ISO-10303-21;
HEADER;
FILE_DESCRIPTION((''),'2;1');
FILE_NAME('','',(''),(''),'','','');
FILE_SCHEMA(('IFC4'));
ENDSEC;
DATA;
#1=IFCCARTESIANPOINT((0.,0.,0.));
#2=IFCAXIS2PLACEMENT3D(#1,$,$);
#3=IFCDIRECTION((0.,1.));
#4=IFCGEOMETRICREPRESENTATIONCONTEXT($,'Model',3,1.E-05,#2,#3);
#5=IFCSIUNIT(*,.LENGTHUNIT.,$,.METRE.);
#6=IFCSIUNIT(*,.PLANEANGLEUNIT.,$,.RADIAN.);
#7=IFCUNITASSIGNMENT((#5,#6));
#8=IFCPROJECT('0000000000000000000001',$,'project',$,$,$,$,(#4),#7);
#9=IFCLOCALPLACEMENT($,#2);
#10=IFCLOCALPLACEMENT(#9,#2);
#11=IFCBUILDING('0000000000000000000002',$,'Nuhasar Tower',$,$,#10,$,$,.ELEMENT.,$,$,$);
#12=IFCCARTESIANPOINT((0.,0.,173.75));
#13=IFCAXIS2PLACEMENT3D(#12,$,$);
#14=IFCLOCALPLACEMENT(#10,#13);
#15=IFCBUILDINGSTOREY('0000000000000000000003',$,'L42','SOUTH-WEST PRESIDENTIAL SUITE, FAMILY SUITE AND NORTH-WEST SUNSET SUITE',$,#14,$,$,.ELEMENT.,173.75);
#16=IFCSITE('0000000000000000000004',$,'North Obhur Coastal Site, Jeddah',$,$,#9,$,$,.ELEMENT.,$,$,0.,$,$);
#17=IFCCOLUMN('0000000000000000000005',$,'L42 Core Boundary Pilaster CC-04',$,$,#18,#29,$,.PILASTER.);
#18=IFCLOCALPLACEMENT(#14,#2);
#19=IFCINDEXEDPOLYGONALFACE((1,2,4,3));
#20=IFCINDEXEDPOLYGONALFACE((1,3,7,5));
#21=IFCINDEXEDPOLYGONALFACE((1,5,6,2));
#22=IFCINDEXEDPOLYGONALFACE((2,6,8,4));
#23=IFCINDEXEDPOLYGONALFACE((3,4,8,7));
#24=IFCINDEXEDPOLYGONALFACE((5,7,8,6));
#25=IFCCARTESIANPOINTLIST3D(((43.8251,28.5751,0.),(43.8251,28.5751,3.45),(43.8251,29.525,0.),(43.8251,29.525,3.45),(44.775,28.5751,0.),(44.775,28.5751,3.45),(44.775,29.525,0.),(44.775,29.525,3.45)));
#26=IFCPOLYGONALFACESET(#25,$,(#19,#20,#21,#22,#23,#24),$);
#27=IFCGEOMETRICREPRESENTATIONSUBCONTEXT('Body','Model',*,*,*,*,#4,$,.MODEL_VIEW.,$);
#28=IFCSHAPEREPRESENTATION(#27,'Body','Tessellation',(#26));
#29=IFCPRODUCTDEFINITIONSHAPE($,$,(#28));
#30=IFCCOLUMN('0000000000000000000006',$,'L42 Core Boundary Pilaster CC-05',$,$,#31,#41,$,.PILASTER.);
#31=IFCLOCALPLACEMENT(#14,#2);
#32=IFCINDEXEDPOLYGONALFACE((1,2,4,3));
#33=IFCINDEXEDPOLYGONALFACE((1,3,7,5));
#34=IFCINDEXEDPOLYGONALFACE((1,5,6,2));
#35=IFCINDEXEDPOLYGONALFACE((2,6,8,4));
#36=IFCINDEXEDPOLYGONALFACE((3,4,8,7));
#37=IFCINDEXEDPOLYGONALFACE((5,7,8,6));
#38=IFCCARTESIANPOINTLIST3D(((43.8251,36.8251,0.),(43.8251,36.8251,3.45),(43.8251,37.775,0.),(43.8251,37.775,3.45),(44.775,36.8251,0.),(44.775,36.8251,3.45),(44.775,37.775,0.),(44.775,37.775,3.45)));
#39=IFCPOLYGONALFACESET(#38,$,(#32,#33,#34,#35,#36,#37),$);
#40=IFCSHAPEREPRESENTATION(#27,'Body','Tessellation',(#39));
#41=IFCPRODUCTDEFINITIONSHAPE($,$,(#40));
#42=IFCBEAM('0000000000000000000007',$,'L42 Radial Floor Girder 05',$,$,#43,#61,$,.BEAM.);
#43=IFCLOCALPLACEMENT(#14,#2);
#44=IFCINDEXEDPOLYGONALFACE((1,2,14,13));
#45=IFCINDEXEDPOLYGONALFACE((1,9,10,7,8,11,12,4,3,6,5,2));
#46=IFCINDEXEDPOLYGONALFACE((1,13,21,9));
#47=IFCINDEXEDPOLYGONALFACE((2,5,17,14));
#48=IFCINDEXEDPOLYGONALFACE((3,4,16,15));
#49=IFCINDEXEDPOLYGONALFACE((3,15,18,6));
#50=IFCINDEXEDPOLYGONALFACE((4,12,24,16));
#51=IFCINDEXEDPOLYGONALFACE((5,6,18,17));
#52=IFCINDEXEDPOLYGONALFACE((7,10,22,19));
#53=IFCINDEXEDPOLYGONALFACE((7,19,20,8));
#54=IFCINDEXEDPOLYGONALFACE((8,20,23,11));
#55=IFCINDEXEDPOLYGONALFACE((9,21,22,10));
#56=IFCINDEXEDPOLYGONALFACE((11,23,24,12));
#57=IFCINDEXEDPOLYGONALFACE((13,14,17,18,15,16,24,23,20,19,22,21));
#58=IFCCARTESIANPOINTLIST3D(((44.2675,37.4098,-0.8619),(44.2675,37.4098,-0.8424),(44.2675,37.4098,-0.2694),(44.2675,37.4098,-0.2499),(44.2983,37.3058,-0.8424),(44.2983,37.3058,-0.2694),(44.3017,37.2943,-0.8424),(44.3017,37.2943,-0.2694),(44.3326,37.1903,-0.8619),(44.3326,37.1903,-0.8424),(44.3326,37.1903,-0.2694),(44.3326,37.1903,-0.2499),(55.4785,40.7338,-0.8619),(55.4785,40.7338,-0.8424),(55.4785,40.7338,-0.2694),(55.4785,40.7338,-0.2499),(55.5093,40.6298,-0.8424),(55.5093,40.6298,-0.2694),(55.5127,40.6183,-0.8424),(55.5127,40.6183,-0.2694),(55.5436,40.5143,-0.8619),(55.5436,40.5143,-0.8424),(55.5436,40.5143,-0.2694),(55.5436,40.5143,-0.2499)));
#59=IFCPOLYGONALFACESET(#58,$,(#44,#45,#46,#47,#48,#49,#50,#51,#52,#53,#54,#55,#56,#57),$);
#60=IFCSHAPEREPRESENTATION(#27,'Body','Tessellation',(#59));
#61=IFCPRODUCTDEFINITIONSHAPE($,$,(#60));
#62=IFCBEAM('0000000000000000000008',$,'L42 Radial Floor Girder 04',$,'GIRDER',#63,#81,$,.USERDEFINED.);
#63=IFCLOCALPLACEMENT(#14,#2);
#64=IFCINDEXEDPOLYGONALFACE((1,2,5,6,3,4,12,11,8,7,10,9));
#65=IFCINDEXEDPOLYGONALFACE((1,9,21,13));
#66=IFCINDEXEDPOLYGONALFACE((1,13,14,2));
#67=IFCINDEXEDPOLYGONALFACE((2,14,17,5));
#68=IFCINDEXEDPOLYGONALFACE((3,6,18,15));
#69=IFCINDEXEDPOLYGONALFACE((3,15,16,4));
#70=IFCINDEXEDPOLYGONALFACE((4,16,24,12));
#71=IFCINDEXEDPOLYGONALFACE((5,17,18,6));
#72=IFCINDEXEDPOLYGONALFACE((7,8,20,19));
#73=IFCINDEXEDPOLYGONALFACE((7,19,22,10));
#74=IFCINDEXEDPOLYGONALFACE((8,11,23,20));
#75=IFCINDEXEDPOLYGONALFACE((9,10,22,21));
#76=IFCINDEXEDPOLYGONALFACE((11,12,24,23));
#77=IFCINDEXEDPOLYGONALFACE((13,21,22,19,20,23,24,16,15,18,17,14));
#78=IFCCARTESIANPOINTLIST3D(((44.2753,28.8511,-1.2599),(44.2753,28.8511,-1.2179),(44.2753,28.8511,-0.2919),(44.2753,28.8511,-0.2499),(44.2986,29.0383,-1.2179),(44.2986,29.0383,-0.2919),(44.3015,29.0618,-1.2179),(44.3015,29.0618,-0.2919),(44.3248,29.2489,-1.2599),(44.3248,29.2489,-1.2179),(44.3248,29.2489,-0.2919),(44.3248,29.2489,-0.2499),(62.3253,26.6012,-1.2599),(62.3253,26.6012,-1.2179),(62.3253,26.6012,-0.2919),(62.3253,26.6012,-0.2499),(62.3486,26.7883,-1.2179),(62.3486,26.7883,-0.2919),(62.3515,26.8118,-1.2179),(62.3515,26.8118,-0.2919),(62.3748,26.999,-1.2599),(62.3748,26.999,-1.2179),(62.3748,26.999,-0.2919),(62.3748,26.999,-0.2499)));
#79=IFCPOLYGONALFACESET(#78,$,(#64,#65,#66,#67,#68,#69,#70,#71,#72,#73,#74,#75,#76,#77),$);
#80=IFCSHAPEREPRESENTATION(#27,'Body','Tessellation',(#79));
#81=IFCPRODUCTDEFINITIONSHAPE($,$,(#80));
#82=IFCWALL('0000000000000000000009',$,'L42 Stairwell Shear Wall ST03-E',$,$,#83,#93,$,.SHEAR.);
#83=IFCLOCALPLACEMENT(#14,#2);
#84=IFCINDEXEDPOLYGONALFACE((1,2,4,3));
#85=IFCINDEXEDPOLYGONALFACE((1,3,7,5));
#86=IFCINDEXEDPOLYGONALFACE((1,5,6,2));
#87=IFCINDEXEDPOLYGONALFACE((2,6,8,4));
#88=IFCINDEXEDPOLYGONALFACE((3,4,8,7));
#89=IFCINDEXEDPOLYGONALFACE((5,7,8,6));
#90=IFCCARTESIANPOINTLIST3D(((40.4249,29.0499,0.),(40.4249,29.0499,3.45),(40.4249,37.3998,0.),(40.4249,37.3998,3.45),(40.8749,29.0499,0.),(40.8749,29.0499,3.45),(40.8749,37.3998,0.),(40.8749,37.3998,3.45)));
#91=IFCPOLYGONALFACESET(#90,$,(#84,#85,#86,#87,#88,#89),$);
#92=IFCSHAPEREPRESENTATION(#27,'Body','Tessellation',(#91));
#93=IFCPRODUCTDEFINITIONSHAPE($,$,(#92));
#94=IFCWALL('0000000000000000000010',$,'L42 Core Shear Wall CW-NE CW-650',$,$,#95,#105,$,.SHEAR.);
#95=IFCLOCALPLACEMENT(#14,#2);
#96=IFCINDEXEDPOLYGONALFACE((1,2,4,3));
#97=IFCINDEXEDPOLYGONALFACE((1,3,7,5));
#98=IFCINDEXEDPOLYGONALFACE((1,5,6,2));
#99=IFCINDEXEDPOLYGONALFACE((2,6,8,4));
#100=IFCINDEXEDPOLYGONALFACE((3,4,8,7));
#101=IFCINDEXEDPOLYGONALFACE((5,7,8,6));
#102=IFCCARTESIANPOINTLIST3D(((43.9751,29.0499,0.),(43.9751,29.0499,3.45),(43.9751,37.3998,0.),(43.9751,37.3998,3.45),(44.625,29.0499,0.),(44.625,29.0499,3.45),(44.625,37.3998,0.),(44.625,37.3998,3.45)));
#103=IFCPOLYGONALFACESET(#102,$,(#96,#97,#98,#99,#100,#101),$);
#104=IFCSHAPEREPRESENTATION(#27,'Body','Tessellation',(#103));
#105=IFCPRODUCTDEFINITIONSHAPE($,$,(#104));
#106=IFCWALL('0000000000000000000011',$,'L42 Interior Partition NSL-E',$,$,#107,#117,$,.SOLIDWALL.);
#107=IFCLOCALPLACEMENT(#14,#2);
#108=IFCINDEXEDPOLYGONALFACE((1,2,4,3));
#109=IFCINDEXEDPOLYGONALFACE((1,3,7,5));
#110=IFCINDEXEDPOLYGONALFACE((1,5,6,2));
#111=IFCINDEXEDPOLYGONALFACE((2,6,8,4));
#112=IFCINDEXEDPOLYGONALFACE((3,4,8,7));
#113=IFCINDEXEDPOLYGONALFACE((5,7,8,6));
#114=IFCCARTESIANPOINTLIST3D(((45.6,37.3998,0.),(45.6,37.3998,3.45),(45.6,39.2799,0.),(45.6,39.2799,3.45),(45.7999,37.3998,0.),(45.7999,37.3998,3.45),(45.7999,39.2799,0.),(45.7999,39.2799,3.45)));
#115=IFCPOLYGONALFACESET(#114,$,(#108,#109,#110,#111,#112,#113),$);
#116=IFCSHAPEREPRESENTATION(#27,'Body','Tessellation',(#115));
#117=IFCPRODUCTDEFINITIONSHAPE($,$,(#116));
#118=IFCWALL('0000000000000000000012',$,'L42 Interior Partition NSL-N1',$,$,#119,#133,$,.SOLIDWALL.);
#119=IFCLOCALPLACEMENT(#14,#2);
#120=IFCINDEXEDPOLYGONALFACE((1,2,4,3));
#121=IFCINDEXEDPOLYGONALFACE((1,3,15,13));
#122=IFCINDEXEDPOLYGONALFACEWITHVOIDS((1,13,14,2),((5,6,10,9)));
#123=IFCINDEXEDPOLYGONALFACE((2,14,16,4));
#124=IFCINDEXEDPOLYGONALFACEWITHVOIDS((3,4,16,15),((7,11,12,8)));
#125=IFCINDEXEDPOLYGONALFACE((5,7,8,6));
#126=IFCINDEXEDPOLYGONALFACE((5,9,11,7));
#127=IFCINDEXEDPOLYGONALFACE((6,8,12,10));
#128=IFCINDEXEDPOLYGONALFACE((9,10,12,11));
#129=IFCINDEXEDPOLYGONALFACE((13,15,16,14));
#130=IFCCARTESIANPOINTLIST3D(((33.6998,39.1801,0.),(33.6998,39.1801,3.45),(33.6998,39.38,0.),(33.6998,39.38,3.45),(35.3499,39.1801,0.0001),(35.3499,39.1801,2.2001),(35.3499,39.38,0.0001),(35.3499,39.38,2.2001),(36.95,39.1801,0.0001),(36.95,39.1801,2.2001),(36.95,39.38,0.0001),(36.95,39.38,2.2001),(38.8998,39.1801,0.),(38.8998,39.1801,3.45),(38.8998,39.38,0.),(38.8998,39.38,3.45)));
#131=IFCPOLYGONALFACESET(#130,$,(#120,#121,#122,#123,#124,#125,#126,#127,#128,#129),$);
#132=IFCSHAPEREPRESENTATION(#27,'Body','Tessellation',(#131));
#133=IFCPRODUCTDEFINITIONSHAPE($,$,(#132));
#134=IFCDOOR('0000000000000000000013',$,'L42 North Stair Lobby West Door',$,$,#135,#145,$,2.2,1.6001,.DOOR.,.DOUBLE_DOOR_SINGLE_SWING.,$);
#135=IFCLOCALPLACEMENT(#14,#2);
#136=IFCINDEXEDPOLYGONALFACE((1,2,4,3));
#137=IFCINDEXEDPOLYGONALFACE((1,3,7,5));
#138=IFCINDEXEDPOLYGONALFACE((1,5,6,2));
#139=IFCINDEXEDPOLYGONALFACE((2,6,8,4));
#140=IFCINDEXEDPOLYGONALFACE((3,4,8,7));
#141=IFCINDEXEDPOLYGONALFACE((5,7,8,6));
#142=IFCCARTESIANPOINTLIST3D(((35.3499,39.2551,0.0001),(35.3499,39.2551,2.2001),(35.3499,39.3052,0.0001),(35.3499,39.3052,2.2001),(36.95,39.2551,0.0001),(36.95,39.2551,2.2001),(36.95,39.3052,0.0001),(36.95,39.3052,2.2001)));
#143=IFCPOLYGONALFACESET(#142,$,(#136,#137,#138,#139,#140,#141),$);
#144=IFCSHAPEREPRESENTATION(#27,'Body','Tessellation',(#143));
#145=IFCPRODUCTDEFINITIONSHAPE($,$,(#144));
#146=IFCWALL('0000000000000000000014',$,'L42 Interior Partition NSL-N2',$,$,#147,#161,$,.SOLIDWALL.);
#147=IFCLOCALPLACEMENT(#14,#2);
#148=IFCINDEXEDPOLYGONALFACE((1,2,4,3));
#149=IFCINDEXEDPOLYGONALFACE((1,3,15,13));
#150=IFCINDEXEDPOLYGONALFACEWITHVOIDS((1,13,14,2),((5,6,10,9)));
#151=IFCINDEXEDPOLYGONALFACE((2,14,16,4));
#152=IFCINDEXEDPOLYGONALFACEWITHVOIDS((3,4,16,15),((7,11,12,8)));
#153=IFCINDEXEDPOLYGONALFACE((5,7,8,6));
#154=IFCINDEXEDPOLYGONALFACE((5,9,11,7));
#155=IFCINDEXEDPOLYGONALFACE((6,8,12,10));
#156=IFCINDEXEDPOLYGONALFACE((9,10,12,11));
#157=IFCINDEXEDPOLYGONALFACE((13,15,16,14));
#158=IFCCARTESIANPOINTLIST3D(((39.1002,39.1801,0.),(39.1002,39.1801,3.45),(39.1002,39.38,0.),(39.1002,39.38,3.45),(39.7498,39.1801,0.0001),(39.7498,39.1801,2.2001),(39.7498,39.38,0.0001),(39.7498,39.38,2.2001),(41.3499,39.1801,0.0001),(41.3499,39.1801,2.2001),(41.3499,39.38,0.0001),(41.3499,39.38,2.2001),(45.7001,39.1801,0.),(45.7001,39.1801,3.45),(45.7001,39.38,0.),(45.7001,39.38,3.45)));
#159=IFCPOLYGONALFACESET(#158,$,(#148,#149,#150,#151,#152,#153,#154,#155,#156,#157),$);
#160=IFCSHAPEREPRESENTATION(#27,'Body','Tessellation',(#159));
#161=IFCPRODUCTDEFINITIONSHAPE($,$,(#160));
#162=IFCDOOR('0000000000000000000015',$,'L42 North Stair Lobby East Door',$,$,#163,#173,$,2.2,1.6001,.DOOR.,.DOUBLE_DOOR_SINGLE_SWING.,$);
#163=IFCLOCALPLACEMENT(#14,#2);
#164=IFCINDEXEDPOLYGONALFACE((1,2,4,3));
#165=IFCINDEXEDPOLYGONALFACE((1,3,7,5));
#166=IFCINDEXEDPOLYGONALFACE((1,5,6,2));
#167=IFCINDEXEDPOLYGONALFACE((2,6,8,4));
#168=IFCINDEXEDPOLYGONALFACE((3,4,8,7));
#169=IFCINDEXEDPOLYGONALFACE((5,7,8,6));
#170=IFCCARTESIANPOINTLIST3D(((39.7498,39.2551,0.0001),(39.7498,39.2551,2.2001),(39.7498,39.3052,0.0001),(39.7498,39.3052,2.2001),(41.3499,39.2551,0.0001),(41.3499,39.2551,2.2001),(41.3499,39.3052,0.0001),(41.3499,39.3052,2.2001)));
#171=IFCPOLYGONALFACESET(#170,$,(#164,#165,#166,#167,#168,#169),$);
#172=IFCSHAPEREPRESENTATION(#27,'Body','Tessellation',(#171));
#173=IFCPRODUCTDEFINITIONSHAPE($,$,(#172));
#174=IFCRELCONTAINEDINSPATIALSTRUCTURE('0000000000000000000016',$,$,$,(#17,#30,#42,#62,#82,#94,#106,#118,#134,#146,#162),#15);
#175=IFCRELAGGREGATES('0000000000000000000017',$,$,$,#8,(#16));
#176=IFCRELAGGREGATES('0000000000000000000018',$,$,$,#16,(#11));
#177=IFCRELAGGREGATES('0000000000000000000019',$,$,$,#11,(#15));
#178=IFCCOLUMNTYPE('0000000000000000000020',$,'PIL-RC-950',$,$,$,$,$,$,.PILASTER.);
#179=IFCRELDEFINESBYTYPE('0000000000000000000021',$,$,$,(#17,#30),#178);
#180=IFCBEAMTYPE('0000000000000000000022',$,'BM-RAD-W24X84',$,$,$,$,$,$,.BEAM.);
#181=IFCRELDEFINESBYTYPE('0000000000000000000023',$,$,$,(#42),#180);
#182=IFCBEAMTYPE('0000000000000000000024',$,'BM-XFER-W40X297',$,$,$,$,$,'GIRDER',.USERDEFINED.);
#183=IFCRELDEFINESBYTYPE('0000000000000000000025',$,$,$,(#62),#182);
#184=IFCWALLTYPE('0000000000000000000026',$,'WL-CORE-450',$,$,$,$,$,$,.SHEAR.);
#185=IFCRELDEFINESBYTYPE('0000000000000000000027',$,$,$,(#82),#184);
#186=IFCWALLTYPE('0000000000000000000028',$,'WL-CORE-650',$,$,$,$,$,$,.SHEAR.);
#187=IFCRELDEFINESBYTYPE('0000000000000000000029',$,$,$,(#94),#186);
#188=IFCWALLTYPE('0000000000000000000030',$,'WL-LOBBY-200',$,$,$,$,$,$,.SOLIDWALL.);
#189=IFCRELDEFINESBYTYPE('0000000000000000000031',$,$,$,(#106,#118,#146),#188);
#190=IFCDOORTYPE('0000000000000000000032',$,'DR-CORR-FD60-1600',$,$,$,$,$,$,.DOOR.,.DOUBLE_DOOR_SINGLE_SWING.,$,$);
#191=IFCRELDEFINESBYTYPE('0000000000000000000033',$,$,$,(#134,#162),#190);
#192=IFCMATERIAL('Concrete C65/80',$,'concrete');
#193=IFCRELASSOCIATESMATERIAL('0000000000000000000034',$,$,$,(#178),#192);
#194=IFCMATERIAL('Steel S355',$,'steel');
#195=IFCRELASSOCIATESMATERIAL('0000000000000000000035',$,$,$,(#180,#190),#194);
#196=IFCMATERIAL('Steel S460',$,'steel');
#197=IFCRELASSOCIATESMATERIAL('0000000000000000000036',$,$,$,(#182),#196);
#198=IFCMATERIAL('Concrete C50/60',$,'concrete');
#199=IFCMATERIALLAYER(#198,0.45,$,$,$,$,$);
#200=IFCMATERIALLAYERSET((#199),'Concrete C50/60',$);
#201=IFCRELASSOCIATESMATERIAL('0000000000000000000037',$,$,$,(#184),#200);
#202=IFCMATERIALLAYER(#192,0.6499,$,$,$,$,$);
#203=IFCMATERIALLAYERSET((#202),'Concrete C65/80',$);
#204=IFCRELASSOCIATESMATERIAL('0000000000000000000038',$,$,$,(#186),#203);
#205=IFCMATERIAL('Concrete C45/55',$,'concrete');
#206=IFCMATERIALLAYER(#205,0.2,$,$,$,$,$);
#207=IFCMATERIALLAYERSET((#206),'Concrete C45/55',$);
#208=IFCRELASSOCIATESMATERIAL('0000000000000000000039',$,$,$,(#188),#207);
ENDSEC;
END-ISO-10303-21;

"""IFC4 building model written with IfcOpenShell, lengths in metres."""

from ifc_helpers import new_model, si_unit, direction, frame, frame_2d, origin, origin_2d, place, context, subcontext, project, spatial, rectangle, i_section, extrude, material, layer, layer_set, material_profile, profile_set, type_object, element, fill, save


model = new_model("IFC4")

# Units and contexts
model_context = context("Model", 3, precision=1e-05, world=origin(), true_north=direction((0.0, 1.0)))
body_context = subcontext(model_context, "Body", "Model", "MODEL_VIEW")
ifc_project = project(units=[si_unit("LENGTHUNIT", "METRE"), si_unit("PLANEANGLEUNIT", "RADIAN")], contexts=[model_context])

# Site, building, storey
site_placement = place(None, origin())
site = spatial("IfcSite", under=ifc_project, at=site_placement, Name="North Obhur Coastal Site, Jeddah", CompositionType="ELEMENT", RefElevation=0.0)
building_placement = place(site_placement, origin())
building = spatial("IfcBuilding", under=site, at=building_placement, Name="Nuhasar Tower", CompositionType="ELEMENT")
storey_placement = place(building_placement, frame((0.0, 0.0, 173.75)))
storey = spatial("IfcBuildingStorey", under=building, at=storey_placement, Name="L42", Description="SOUTH-WEST PRESIDENTIAL SUITE, FAMILY SUITE AND NORTH-WEST SUNSET SUITE", CompositionType="ELEMENT", Elevation=173.75)

# Columns
ifc_material_1 = material(Name="Concrete C65/80", Category="concrete")
ifc_material_profile_1 = material_profile(ifc_material_1, rectangle(XDim=0.95, YDim=0.95, at=origin_2d()), Name="RC950X950")
ifc_profile_set_1 = profile_set([ifc_material_profile_1], Name="Concrete C65/80")
column_type = type_object("IfcColumnType", Name="PIL-RC-950", PredefinedType="PILASTER", material=ifc_profile_set_1)
for number, where, z_axis, x_axis, name in (
    (1, (44.3, 29.05, 0.0), (0.0, 0.0, 1.0), (1.0, 0.0, 0.0), "L42 Core Boundary Pilaster CC-04"),
    (2, (44.3, 37.3, 0.0), (0.0, 0.0, 1.0), (1.0, 0.0, 0.0), "L42 Core Boundary Pilaster CC-05"),
):
    element("IfcColumn", number, at=place(storey_placement, frame(where, z_axis=z_axis, x_axis=x_axis)), inside=storey, type_object=column_type, Name=name, PredefinedType="PILASTER", context=body_context, shape_type="SweptSolid", body=[
        extrude(rectangle(XDim=0.95, YDim=0.95, at=origin_2d()), origin(), (0.0, 0.0, 1.0), 3.45),
    ])

# Beams
ifc_material_2 = material(Name="Steel S355", Category="steel")
ifc_material_profile_2 = material_profile(ifc_material_2, i_section(OverallWidth=0.229, OverallDepth=0.6121, WebThickness=0.012, FlangeThickness=0.0195, at=origin_2d()), Name="W24X84")
ifc_profile_set_2 = profile_set([ifc_material_profile_2], Name="Steel S355")
beam_type_1 = type_object("IfcBeamType", Name="BM-RAD-W24X84", PredefinedType="BEAM", material=ifc_profile_set_2)
beam_1_placement = place(storey_placement, frame((44.3, 37.3, -0.5559), z_axis=(0.958746, 0.284262, 0.0), x_axis=(-0.284262, 0.958746, 0.0)))
element("IfcBeam", 3, at=beam_1_placement, inside=storey, type_object=beam_type_1, Name="L42 Radial Floor Girder 05", PredefinedType="BEAM", context=body_context, shape_type="SweptSolid", body=[
    extrude(i_section(OverallWidth=0.229, OverallDepth=0.6121, WebThickness=0.012, FlangeThickness=0.0195, at=origin_2d()), origin(), (0.0, 0.0, 1.0), 11.6934),
])
ifc_material_3 = material(Name="Steel S460", Category="steel")
ifc_material_profile_3 = material_profile(ifc_material_3, i_section(OverallWidth=0.4009, OverallDepth=1.01, WebThickness=0.0237, FlangeThickness=0.042, at=origin_2d()), Name="W40X297")
ifc_profile_set_3 = profile_set([ifc_material_profile_3], Name="Steel S460")
beam_type_2 = type_object("IfcBeamType", Name="BM-XFER-W40X297", ElementType="GIRDER", PredefinedType="USERDEFINED", material=ifc_profile_set_3)
beam_2_placement = place(storey_placement, frame((44.3, 29.05, -0.7549), z_axis=(0.99232, -0.123696, 0.0), x_axis=(0.123696, 0.99232, 0.0)))
element("IfcBeam", 4, at=beam_2_placement, inside=storey, type_object=beam_type_2, Name="L42 Radial Floor Girder 04", ObjectType="GIRDER", PredefinedType="USERDEFINED", context=body_context, shape_type="SweptSolid", body=[
    extrude(i_section(OverallWidth=0.4009, OverallDepth=1.01, WebThickness=0.0237, FlangeThickness=0.042, at=origin_2d()), origin(), (0.0, 0.0, 1.0), 18.1897),
])

# Shared definitions
ifc_material_4 = material(Name="Concrete C50/60", Category="concrete")
ifc_layer_1 = layer(ifc_material_4, 0.45)
ifc_layer_set_1 = layer_set([ifc_layer_1], Name="Concrete C50/60")
wall_type_1 = type_object("IfcWallType", Name="WL-CORE-450", PredefinedType="SHEAR", material=ifc_layer_set_1)

# Wall
wall_1_placement = place(storey_placement, frame((40.6499, 29.05, 0.0), z_axis=(0.0, 0.0, 1.0), x_axis=(0.0, 1.0, 0.0)))
element("IfcWall", 5, at=wall_1_placement, inside=storey, type_object=wall_type_1, Name="L42 Stairwell Shear Wall ST03-E", PredefinedType="SHEAR", context=body_context, shape_type="SweptSolid", body=[
    extrude(rectangle(XDim=8.3499, YDim=0.45, at=frame_2d((4.1748, 0.0))), origin(), (0.0, 0.0, 1.0), 3.45),
])

# Walls
ifc_layer_2 = layer(ifc_material_1, 0.6499)
ifc_layer_set_2 = layer_set([ifc_layer_2], Name="Concrete C65/80")
wall_type_2 = type_object("IfcWallType", Name="WL-CORE-650", PredefinedType="SHEAR", material=ifc_layer_set_2)
wall_2_placement = place(storey_placement, frame((44.3, 29.05, 0.0), z_axis=(0.0, 0.0, 1.0), x_axis=(0.0, 1.0, 0.0)))
element("IfcWall", 6, at=wall_2_placement, inside=storey, type_object=wall_type_2, Name="L42 Core Shear Wall CW-NE CW-650", PredefinedType="SHEAR", context=body_context, shape_type="SweptSolid", body=[
    extrude(rectangle(XDim=8.3499, YDim=0.6499, at=frame_2d((4.1748, 0.0))), origin(), (0.0, 0.0, 1.0), 3.45),
])
ifc_material_5 = material(Name="Concrete C45/55", Category="concrete")
ifc_layer_3 = layer(ifc_material_5, 0.2)
ifc_layer_set_3 = layer_set([ifc_layer_3], Name="Concrete C45/55")
wall_type_3 = type_object("IfcWallType", Name="WL-LOBBY-200", PredefinedType="SOLIDWALL", material=ifc_layer_set_3)
wall_3_placement = place(storey_placement, frame((45.7, 37.3999, 0.0), z_axis=(0.0, 0.0, 1.0), x_axis=(0.0, 1.0, 0.0)))
element("IfcWall", 7, at=wall_3_placement, inside=storey, type_object=wall_type_3, Name="L42 Interior Partition NSL-E", PredefinedType="SOLIDWALL", context=body_context, shape_type="SweptSolid", body=[
    extrude(rectangle(XDim=1.8801, YDim=0.2, at=frame_2d((0.9399, 0.0))), origin(), (0.0, 0.0, 1.0), 3.45),
])

# Walls, openings, doors
wall_4_placement = place(storey_placement, frame((38.8999, 39.28, 0.0), z_axis=(0.0, 0.0, 1.0), x_axis=(-1.0, 0.0, 0.0)))
wall_4 = element("IfcWall", 8, at=wall_4_placement, inside=storey, type_object=wall_type_3, Name="L42 Interior Partition NSL-N1", PredefinedType="SOLIDWALL", context=body_context, shape_type="SweptSolid", body=[
    extrude(rectangle(XDim=5.2, YDim=0.2, at=frame_2d((2.6001, 0.0))), origin(), (0.0, 0.0, 1.0), 3.45),
])
opening_1_placement = place(wall_4_placement, frame((1.95, 0.0, 0.0)))
opening_1 = element("IfcOpeningElement", 9, at=opening_1_placement, cuts=wall_4, PredefinedType="OPENING", context=body_context, shape_type="SweptSolid", body=[
    extrude(rectangle(XDim=1.6001, YDim=2.2, at=frame_2d((0.8, 1.1001))), frame((0.0, 0.1099, 0.0), z_axis=(0.0, -1.0, 0.0), x_axis=(1.0, 0.0, 0.0)), (0.0, 0.0, 1.0), 0.22),
])
door_type_1 = type_object("IfcDoorType", Name="DR-CORR-FD60-1600", OperationType="DOUBLE_DOOR_SINGLE_SWING", PredefinedType="DOOR", material=ifc_material_2)
door_1_placement = place(opening_1_placement, origin())
door_1 = element("IfcDoor", 10, at=door_1_placement, inside=storey, type_object=door_type_1, Name="L42 North Stair Lobby West Door", OperationType="DOUBLE_DOOR_SINGLE_SWING", OverallHeight=2.2, OverallWidth=1.6001, PredefinedType="DOOR", context=body_context, shape_type="SweptSolid", body=[
    extrude(rectangle(XDim=1.6001, YDim=2.2, at=frame_2d((0.8, 1.1001))), frame((0.0, 0.0249, 0.0), z_axis=(0.0, -1.0, 0.0), x_axis=(1.0, 0.0, 0.0)), (0.0, 0.0, 1.0), 0.05),
])
fill(opening_1, door_1)
wall_5_placement = place(storey_placement, frame((45.7, 39.28, 0.0), z_axis=(0.0, 0.0, 1.0), x_axis=(-1.0, 0.0, 0.0)))
wall_5 = element("IfcWall", 11, at=wall_5_placement, inside=storey, type_object=wall_type_3, Name="L42 Interior Partition NSL-N2", PredefinedType="SOLIDWALL", context=body_context, shape_type="SweptSolid", body=[
    extrude(rectangle(XDim=6.5999, YDim=0.2, at=frame_2d((3.2998, 0.0))), origin(), (0.0, 0.0, 1.0), 3.45),
])
opening_2_placement = place(wall_5_placement, frame((4.3501, 0.0, 0.0)))
opening_2 = element("IfcOpeningElement", 12, at=opening_2_placement, cuts=wall_5, PredefinedType="OPENING", context=body_context, shape_type="SweptSolid", body=[
    extrude(rectangle(XDim=1.6001, YDim=2.2, at=frame_2d((0.8, 1.1001))), frame((0.0, 0.1099, 0.0), z_axis=(0.0, -1.0, 0.0), x_axis=(1.0, 0.0, 0.0)), (0.0, 0.0, 1.0), 0.22),
])
door_2_placement = place(opening_2_placement, origin())
door_2 = element("IfcDoor", 13, at=door_2_placement, inside=storey, type_object=door_type_1, Name="L42 North Stair Lobby East Door", OperationType="DOUBLE_DOOR_SINGLE_SWING", OverallHeight=2.2, OverallWidth=1.6001, PredefinedType="DOOR", context=body_context, shape_type="SweptSolid", body=[
    extrude(rectangle(XDim=1.6001, YDim=2.2, at=frame_2d((0.8, 1.1001))), frame((0.0, 0.0249, 0.0), z_axis=(0.0, -1.0, 0.0), x_axis=(1.0, 0.0, 0.0)), (0.0, 0.0, 1.0), 0.05),
])
fill(opening_2, door_2)

save(model, "model.ifc")
